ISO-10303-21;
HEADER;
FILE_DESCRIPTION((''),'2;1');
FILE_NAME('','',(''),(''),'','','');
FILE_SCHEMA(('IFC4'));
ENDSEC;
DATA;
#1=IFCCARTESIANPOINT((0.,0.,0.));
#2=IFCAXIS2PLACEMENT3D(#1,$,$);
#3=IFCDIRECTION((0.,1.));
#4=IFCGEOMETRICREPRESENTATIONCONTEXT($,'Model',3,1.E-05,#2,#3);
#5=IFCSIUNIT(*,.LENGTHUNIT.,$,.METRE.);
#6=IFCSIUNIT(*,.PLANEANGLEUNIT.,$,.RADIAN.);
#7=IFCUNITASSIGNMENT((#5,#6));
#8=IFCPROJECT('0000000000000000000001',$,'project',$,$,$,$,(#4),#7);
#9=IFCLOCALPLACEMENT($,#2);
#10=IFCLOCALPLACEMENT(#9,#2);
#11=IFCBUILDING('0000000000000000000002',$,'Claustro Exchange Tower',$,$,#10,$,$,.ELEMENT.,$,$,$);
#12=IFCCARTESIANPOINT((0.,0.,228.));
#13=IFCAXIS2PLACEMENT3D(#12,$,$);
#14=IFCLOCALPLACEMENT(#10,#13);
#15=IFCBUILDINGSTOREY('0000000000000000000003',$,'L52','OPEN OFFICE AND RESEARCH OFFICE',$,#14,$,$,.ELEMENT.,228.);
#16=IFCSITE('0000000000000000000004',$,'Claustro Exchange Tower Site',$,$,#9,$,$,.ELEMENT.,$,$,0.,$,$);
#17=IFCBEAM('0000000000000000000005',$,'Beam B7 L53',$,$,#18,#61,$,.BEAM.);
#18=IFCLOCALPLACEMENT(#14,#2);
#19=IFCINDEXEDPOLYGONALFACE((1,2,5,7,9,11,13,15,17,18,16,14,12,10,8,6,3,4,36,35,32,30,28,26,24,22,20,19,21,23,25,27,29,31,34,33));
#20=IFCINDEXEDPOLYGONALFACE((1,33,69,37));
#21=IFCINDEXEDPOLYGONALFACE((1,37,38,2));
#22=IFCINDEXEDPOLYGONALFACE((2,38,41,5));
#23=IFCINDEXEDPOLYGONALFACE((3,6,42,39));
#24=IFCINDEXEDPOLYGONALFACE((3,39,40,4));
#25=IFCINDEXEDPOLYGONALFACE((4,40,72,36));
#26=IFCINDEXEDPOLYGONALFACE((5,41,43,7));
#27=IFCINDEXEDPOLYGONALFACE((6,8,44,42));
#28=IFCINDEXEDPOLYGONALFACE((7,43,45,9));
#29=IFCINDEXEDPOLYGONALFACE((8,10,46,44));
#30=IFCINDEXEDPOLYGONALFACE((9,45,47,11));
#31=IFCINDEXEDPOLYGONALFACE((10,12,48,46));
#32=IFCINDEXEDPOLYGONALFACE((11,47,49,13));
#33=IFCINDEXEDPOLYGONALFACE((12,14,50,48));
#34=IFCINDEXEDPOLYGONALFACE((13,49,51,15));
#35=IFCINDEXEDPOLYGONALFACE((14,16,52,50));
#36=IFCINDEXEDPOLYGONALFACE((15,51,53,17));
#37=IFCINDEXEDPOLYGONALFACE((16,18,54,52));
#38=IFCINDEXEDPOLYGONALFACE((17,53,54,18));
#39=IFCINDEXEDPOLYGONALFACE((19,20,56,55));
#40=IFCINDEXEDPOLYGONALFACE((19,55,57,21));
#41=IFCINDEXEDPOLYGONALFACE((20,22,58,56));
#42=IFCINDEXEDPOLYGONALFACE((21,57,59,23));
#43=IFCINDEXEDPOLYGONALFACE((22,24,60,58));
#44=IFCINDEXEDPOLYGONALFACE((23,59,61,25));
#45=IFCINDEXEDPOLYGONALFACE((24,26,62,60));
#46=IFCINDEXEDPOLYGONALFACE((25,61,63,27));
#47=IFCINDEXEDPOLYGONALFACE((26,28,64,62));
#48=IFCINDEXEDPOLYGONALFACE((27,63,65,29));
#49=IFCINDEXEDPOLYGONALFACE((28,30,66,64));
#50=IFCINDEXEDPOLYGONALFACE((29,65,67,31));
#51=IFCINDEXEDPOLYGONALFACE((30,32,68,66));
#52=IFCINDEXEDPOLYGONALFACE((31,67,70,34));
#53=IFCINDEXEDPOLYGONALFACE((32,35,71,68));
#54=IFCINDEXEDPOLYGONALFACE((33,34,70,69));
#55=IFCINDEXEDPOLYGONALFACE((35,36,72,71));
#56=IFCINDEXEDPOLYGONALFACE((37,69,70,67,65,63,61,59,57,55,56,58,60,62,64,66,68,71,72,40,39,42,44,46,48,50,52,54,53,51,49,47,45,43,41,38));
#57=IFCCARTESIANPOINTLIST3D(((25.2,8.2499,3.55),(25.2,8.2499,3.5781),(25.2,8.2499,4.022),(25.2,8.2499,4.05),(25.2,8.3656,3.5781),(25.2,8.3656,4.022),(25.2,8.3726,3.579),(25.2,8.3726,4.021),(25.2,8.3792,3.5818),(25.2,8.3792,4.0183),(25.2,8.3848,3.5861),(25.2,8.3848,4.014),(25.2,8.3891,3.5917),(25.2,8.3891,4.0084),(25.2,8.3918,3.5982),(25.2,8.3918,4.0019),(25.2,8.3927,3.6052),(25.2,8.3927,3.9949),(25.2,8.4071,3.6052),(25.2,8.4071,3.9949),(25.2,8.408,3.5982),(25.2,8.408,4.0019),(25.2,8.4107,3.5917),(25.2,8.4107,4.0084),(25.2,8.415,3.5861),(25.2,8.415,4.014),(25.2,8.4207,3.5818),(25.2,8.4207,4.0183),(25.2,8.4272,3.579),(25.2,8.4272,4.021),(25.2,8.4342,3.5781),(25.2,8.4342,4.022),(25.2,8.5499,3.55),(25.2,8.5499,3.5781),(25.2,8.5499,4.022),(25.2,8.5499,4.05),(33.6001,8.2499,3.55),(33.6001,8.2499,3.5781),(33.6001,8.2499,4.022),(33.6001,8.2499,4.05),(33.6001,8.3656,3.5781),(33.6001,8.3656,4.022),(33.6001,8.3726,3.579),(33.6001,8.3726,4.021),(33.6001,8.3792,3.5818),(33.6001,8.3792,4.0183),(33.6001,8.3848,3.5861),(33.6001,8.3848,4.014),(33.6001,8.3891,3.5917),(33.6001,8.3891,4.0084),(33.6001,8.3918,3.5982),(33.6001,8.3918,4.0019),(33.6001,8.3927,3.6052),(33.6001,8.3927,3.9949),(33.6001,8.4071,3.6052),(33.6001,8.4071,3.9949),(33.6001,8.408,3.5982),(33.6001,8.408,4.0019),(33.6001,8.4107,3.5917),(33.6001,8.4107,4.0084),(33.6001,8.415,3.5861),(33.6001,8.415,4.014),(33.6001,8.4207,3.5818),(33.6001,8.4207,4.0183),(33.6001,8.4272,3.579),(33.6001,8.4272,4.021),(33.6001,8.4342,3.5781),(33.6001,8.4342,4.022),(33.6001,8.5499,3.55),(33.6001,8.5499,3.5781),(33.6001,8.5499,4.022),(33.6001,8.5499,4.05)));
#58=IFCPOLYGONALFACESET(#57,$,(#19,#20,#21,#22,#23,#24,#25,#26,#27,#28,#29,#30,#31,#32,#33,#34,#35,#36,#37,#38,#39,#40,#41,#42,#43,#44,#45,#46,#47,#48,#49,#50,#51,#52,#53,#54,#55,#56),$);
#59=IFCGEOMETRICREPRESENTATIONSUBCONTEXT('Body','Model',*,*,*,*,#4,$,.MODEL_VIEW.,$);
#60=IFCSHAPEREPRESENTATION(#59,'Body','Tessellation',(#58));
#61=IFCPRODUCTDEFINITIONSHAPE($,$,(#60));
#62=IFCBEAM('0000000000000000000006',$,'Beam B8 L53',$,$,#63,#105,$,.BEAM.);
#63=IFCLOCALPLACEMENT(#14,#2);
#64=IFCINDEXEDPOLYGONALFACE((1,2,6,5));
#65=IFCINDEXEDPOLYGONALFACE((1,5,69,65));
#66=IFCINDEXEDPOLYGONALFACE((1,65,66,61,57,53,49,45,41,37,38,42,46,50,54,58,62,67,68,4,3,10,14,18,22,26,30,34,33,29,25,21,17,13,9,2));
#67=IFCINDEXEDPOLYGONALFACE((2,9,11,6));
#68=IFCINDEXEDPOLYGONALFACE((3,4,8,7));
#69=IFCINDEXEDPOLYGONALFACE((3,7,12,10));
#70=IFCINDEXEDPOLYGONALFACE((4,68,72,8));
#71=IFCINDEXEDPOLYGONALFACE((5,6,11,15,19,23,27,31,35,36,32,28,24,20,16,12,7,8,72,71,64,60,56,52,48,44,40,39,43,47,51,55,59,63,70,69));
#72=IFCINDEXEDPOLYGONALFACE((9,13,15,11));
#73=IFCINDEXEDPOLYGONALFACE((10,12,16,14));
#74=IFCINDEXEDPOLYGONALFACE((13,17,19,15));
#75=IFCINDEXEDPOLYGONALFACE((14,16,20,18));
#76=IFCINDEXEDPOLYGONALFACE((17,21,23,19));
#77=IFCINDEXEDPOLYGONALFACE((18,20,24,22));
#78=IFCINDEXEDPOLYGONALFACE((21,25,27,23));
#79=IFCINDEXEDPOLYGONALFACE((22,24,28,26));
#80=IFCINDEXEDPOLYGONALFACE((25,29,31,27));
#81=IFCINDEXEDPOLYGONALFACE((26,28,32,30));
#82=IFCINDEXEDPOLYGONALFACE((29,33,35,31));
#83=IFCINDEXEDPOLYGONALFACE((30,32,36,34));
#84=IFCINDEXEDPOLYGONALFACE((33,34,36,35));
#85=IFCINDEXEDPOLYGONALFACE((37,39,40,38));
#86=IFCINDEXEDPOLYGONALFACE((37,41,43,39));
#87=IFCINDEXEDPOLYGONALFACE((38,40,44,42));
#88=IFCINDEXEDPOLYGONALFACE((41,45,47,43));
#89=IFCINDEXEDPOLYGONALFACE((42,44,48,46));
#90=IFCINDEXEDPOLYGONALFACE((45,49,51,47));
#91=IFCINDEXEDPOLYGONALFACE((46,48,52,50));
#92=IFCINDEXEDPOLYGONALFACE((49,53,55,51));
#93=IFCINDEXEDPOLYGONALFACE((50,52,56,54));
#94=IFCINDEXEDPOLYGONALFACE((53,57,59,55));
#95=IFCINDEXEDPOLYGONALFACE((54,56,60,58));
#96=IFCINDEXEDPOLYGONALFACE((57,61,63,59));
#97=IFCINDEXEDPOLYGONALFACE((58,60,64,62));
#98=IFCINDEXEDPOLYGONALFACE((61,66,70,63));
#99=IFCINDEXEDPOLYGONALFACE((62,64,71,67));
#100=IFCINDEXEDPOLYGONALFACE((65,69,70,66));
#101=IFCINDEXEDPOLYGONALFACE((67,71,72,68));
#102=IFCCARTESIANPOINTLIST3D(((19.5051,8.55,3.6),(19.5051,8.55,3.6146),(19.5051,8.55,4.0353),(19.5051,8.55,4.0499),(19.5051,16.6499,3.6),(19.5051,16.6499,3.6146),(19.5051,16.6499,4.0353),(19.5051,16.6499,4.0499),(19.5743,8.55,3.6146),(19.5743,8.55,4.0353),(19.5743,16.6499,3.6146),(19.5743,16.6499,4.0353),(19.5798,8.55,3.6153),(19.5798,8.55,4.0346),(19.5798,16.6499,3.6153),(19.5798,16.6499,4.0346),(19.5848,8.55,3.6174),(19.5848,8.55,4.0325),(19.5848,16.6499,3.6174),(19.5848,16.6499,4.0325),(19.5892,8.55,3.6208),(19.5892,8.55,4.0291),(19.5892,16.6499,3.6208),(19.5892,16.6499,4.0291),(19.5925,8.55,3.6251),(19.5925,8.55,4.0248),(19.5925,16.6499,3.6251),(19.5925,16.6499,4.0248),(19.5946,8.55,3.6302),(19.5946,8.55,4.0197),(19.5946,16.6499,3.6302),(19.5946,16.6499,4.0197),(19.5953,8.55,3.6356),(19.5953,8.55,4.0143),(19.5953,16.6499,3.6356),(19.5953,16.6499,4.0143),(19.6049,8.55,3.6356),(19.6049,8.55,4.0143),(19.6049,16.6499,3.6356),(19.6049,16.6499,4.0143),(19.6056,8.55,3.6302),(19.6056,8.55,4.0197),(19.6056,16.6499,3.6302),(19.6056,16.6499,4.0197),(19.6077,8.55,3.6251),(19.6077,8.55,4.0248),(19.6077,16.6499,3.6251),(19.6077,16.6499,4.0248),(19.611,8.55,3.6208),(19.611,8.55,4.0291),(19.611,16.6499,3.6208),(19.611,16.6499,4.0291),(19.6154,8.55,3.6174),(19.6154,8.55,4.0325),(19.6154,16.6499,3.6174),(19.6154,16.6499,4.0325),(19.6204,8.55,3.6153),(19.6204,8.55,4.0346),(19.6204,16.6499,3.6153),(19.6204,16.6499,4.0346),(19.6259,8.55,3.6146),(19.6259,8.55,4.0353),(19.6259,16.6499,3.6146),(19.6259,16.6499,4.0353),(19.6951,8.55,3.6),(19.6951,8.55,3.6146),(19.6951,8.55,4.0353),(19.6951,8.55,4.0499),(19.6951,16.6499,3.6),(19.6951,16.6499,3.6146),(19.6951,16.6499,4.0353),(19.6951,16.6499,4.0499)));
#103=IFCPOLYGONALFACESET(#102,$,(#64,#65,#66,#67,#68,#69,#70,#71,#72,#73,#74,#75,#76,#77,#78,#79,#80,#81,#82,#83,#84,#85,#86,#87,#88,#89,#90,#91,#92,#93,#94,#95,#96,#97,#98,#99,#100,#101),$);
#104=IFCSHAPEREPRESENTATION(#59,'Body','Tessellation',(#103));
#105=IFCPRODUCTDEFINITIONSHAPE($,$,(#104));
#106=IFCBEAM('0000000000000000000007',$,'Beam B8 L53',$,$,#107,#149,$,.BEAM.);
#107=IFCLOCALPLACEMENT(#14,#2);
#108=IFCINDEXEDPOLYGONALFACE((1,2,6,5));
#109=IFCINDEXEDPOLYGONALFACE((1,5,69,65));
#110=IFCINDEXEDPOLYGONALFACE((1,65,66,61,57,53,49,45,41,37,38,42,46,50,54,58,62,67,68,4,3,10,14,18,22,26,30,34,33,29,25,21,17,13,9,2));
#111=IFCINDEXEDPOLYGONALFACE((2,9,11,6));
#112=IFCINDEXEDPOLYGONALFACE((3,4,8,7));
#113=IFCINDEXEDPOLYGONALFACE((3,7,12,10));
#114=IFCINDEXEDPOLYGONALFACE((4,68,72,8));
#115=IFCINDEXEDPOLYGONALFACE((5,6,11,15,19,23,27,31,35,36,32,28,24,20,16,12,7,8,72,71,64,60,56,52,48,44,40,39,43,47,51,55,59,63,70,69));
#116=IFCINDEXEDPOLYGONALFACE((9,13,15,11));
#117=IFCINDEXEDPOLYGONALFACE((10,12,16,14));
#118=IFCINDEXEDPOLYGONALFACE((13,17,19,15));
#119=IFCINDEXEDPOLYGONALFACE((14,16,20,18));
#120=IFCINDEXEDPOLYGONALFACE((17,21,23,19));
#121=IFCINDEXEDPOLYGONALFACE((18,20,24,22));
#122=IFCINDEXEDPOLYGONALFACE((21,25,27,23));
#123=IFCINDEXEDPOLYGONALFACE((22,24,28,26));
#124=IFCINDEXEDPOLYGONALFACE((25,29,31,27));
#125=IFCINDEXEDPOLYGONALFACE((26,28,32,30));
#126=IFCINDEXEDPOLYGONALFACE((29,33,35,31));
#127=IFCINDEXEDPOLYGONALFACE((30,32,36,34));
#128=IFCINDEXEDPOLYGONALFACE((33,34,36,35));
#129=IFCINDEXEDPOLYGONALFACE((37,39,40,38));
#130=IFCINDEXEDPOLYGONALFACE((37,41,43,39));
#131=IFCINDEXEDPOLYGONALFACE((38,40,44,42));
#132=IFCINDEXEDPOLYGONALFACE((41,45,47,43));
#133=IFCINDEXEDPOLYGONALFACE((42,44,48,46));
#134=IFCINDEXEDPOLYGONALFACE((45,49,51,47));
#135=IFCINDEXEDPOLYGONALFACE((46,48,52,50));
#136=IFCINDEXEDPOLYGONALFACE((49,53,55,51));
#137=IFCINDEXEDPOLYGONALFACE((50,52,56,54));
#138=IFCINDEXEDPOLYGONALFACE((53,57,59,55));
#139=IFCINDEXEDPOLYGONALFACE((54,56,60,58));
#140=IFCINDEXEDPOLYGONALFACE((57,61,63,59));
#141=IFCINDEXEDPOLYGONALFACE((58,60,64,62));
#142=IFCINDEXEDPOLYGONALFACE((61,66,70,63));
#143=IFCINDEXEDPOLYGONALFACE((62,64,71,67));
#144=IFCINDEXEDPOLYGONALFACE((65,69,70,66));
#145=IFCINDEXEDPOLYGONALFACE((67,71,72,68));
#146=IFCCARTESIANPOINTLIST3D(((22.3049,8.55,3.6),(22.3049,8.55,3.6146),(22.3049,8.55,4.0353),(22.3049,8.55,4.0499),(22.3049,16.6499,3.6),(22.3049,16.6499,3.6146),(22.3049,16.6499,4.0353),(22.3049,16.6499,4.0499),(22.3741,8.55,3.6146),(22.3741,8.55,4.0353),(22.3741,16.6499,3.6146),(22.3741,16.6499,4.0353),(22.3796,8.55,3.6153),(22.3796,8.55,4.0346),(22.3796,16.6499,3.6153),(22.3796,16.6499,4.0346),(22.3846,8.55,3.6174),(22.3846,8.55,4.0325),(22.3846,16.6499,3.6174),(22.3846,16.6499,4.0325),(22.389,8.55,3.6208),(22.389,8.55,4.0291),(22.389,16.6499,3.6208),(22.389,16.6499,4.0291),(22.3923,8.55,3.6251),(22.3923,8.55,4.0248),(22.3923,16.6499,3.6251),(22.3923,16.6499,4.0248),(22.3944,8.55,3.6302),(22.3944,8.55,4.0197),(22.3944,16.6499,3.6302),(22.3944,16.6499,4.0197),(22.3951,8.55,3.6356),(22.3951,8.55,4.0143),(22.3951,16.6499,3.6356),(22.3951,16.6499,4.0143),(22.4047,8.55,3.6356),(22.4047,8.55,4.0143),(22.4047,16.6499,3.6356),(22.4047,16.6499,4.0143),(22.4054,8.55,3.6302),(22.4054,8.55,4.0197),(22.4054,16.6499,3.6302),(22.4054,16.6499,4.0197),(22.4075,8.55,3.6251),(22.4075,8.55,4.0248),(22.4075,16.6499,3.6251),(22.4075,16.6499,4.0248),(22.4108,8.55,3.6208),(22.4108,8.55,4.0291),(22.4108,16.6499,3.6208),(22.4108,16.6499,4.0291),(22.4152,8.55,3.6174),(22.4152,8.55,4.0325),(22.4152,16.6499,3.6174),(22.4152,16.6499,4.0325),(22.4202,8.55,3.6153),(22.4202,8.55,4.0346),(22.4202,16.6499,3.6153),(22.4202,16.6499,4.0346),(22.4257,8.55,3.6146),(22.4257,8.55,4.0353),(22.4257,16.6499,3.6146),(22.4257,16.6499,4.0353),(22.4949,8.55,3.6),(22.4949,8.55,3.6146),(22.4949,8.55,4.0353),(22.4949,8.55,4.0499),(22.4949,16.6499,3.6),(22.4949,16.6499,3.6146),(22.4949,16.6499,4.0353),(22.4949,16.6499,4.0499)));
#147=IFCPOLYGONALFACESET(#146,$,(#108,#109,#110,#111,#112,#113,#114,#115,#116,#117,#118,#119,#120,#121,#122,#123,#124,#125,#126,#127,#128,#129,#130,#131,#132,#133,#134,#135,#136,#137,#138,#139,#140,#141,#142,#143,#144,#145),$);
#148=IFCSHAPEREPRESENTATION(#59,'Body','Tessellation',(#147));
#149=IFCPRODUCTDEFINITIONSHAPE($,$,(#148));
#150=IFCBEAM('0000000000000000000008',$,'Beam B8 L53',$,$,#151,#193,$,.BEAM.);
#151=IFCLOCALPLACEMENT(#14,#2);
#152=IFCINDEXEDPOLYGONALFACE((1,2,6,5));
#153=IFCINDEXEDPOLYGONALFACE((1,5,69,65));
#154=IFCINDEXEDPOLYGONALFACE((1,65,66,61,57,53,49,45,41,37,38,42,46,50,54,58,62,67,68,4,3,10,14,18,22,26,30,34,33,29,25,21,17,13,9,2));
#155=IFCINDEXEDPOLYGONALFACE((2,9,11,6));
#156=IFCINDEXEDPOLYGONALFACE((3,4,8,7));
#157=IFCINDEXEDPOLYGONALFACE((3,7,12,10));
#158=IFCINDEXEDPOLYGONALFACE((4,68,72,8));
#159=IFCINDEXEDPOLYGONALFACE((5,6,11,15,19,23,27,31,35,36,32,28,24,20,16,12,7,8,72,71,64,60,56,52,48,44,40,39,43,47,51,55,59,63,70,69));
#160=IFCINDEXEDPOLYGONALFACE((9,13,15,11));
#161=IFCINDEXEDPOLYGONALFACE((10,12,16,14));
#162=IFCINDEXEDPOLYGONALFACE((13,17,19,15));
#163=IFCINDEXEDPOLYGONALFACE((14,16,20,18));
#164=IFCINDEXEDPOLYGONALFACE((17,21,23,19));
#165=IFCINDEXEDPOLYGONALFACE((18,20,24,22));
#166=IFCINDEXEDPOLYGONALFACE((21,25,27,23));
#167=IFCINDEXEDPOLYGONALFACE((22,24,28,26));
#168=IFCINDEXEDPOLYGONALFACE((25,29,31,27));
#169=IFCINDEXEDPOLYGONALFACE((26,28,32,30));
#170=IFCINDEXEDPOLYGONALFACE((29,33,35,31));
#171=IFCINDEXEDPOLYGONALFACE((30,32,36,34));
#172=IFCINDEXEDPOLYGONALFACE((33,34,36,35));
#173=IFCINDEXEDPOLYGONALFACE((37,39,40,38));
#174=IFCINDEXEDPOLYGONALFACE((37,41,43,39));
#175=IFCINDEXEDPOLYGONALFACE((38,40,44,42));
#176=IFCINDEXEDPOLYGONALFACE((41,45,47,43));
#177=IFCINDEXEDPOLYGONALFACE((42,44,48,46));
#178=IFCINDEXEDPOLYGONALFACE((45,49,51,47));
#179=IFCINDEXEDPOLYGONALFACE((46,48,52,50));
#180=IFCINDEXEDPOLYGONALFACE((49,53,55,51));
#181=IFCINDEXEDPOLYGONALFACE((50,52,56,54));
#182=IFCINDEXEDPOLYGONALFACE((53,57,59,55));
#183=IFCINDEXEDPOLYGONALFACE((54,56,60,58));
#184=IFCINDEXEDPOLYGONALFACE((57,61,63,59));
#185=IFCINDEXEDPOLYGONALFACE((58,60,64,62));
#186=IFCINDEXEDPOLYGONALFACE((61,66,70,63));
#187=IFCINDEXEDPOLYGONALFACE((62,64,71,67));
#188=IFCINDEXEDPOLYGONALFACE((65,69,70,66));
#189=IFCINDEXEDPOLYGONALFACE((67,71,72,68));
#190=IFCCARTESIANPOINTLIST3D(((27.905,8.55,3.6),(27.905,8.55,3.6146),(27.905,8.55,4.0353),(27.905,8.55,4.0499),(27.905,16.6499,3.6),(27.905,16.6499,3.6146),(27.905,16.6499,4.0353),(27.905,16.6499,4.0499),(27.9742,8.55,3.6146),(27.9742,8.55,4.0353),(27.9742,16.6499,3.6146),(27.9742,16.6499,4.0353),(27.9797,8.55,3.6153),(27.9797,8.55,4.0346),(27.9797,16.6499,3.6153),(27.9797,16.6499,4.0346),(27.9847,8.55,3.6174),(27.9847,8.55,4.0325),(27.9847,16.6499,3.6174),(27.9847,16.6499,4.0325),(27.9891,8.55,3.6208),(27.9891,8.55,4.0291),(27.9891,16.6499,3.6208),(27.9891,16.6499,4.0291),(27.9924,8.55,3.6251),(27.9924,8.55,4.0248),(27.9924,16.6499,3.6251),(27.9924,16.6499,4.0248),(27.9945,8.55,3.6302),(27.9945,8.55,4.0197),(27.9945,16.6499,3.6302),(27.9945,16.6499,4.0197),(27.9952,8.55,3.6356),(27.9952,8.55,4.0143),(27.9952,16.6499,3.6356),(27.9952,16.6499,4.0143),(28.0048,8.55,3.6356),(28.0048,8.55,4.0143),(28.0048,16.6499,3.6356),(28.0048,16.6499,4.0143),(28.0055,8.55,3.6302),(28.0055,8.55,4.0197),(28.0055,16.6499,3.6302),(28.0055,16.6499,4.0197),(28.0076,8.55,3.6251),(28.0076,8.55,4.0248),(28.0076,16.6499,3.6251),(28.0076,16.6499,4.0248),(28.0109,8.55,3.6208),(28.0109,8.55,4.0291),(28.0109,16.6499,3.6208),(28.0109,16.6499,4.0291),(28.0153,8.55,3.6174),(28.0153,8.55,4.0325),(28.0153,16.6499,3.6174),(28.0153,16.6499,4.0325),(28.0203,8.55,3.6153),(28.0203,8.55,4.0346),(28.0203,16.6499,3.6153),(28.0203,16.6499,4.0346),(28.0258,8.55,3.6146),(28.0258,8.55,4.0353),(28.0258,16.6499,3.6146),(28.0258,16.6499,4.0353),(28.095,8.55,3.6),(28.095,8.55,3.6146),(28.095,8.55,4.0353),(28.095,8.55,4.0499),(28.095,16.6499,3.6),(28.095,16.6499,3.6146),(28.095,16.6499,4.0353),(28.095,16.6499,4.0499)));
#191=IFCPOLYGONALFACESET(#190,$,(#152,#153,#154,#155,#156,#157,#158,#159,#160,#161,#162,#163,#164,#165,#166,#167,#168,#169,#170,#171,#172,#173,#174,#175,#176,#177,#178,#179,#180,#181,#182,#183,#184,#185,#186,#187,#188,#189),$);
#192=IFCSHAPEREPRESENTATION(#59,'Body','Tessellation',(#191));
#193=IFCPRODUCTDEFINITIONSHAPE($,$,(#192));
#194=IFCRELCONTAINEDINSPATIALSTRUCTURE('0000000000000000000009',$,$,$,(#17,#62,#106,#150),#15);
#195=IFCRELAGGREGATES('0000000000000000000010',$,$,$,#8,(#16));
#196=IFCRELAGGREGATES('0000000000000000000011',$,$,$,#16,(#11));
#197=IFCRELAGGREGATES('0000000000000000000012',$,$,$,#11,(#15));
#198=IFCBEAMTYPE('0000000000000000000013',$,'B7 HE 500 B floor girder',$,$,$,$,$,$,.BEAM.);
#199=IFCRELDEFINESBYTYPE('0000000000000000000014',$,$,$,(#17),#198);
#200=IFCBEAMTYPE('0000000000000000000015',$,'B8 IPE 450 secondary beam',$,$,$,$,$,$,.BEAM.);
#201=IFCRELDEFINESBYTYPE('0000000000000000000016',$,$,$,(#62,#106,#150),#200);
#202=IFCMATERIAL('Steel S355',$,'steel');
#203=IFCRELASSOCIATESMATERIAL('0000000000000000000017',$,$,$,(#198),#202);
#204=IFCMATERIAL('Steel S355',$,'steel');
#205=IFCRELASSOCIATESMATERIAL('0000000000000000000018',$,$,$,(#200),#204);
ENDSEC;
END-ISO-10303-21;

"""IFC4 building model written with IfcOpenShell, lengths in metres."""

from ifc_helpers import new_model, si_unit, direction, frame, origin, origin_2d, place, context, subcontext, project, spatial, i_section, extrude, material, material_profile, profile_set, type_object, element, save


model = new_model("IFC4")

# Units and contexts
model_context = context("Model", 3, precision=1e-05, world=origin(), true_north=direction((0.0, 1.0)))
body_context = subcontext(model_context, "Body", "Model", "MODEL_VIEW")
ifc_project = project(units=[si_unit("LENGTHUNIT", "METRE"), si_unit("PLANEANGLEUNIT", "RADIAN")], contexts=[model_context])

# Site, building, storey
site_placement = place(None, origin())
site = spatial("IfcSite", under=ifc_project, at=site_placement, Name="Claustro Exchange Tower Site", CompositionType="ELEMENT", RefElevation=0.0)
building_placement = place(site_placement, origin())
building = spatial("IfcBuilding", under=site, at=building_placement, Name="Claustro Exchange Tower", CompositionType="ELEMENT")
storey_placement = place(building_placement, frame((0.0, 0.0, 228.0)))
storey = spatial("IfcBuildingStorey", under=building, at=storey_placement, Name="L52", Description="OPEN OFFICE AND RESEARCH OFFICE", CompositionType="ELEMENT", Elevation=228.0)

# Beams
ifc_material_1 = material(Name="Steel S355", Category="steel")
ifc_material_profile_1 = material_profile(ifc_material_1, i_section(OverallWidth=0.3, OverallDepth=0.5, WebThickness=0.0144, FlangeThickness=0.0281, FilletRadius=0.0271, at=origin_2d()), Name="HE 500 B")
ifc_profile_set_1 = profile_set([ifc_material_profile_1], Name="Steel S355")
beam_type_1 = type_object("IfcBeamType", Name="B7 HE 500 B floor girder", PredefinedType="BEAM", material=ifc_profile_set_1)
for number, where, z_axis, x_axis, name in (
    (1, (25.2, 8.3999, 3.8), (1.0, 0.0, 0.0), (0.0, 1.0, 0.0), "Beam B7 L53"),
):
    element("IfcBeam", number, at=place(storey_placement, frame(where, z_axis=z_axis, x_axis=x_axis)), inside=storey, type_object=beam_type_1, Name=name, PredefinedType="BEAM", context=body_context, shape_type="SweptSolid", body=[
        extrude(i_section(OverallWidth=0.3, OverallDepth=0.5, WebThickness=0.0144, FlangeThickness=0.0281, FilletRadius=0.0271, at=origin_2d()), origin(), (0.0, 0.0, 1.0), 8.4001),
    ])
ifc_material_2 = material(Name="Steel S355", Category="steel")
ifc_material_profile_2 = material_profile(ifc_material_2, i_section(OverallWidth=0.1899, OverallDepth=0.45, WebThickness=0.0095, FlangeThickness=0.0146, FilletRadius=0.021, at=origin_2d()), Name="IPE 450")
ifc_profile_set_2 = profile_set([ifc_material_profile_2], Name="Steel S355")
beam_type_2 = type_object("IfcBeamType", Name="B8 IPE 450 secondary beam", PredefinedType="BEAM", material=ifc_profile_set_2)
for number, where, z_axis, x_axis, name in (
    (2, (19.6001, 8.55, 3.825), (0.0, 1.0, 0.0), (-1.0, 0.0, 0.0), "Beam B8 L53"),
    (3, (22.3999, 8.55, 3.825), (0.0, 1.0, 0.0), (-1.0, 0.0, 0.0), "Beam B8 L53"),
    (4, (28.0, 8.55, 3.825), (0.0, 1.0, 0.0), (-1.0, 0.0, 0.0), "Beam B8 L53"),
):
    element("IfcBeam", number, at=place(storey_placement, frame(where, z_axis=z_axis, x_axis=x_axis)), inside=storey, type_object=beam_type_2, Name=name, PredefinedType="BEAM", context=body_context, shape_type="SweptSolid", body=[
        extrude(i_section(OverallWidth=0.1899, OverallDepth=0.45, WebThickness=0.0095, FlangeThickness=0.0146, FilletRadius=0.021, at=origin_2d()), origin(), (0.0, 0.0, 1.0), 8.0999),
    ])

save(model, "model.ifc")
